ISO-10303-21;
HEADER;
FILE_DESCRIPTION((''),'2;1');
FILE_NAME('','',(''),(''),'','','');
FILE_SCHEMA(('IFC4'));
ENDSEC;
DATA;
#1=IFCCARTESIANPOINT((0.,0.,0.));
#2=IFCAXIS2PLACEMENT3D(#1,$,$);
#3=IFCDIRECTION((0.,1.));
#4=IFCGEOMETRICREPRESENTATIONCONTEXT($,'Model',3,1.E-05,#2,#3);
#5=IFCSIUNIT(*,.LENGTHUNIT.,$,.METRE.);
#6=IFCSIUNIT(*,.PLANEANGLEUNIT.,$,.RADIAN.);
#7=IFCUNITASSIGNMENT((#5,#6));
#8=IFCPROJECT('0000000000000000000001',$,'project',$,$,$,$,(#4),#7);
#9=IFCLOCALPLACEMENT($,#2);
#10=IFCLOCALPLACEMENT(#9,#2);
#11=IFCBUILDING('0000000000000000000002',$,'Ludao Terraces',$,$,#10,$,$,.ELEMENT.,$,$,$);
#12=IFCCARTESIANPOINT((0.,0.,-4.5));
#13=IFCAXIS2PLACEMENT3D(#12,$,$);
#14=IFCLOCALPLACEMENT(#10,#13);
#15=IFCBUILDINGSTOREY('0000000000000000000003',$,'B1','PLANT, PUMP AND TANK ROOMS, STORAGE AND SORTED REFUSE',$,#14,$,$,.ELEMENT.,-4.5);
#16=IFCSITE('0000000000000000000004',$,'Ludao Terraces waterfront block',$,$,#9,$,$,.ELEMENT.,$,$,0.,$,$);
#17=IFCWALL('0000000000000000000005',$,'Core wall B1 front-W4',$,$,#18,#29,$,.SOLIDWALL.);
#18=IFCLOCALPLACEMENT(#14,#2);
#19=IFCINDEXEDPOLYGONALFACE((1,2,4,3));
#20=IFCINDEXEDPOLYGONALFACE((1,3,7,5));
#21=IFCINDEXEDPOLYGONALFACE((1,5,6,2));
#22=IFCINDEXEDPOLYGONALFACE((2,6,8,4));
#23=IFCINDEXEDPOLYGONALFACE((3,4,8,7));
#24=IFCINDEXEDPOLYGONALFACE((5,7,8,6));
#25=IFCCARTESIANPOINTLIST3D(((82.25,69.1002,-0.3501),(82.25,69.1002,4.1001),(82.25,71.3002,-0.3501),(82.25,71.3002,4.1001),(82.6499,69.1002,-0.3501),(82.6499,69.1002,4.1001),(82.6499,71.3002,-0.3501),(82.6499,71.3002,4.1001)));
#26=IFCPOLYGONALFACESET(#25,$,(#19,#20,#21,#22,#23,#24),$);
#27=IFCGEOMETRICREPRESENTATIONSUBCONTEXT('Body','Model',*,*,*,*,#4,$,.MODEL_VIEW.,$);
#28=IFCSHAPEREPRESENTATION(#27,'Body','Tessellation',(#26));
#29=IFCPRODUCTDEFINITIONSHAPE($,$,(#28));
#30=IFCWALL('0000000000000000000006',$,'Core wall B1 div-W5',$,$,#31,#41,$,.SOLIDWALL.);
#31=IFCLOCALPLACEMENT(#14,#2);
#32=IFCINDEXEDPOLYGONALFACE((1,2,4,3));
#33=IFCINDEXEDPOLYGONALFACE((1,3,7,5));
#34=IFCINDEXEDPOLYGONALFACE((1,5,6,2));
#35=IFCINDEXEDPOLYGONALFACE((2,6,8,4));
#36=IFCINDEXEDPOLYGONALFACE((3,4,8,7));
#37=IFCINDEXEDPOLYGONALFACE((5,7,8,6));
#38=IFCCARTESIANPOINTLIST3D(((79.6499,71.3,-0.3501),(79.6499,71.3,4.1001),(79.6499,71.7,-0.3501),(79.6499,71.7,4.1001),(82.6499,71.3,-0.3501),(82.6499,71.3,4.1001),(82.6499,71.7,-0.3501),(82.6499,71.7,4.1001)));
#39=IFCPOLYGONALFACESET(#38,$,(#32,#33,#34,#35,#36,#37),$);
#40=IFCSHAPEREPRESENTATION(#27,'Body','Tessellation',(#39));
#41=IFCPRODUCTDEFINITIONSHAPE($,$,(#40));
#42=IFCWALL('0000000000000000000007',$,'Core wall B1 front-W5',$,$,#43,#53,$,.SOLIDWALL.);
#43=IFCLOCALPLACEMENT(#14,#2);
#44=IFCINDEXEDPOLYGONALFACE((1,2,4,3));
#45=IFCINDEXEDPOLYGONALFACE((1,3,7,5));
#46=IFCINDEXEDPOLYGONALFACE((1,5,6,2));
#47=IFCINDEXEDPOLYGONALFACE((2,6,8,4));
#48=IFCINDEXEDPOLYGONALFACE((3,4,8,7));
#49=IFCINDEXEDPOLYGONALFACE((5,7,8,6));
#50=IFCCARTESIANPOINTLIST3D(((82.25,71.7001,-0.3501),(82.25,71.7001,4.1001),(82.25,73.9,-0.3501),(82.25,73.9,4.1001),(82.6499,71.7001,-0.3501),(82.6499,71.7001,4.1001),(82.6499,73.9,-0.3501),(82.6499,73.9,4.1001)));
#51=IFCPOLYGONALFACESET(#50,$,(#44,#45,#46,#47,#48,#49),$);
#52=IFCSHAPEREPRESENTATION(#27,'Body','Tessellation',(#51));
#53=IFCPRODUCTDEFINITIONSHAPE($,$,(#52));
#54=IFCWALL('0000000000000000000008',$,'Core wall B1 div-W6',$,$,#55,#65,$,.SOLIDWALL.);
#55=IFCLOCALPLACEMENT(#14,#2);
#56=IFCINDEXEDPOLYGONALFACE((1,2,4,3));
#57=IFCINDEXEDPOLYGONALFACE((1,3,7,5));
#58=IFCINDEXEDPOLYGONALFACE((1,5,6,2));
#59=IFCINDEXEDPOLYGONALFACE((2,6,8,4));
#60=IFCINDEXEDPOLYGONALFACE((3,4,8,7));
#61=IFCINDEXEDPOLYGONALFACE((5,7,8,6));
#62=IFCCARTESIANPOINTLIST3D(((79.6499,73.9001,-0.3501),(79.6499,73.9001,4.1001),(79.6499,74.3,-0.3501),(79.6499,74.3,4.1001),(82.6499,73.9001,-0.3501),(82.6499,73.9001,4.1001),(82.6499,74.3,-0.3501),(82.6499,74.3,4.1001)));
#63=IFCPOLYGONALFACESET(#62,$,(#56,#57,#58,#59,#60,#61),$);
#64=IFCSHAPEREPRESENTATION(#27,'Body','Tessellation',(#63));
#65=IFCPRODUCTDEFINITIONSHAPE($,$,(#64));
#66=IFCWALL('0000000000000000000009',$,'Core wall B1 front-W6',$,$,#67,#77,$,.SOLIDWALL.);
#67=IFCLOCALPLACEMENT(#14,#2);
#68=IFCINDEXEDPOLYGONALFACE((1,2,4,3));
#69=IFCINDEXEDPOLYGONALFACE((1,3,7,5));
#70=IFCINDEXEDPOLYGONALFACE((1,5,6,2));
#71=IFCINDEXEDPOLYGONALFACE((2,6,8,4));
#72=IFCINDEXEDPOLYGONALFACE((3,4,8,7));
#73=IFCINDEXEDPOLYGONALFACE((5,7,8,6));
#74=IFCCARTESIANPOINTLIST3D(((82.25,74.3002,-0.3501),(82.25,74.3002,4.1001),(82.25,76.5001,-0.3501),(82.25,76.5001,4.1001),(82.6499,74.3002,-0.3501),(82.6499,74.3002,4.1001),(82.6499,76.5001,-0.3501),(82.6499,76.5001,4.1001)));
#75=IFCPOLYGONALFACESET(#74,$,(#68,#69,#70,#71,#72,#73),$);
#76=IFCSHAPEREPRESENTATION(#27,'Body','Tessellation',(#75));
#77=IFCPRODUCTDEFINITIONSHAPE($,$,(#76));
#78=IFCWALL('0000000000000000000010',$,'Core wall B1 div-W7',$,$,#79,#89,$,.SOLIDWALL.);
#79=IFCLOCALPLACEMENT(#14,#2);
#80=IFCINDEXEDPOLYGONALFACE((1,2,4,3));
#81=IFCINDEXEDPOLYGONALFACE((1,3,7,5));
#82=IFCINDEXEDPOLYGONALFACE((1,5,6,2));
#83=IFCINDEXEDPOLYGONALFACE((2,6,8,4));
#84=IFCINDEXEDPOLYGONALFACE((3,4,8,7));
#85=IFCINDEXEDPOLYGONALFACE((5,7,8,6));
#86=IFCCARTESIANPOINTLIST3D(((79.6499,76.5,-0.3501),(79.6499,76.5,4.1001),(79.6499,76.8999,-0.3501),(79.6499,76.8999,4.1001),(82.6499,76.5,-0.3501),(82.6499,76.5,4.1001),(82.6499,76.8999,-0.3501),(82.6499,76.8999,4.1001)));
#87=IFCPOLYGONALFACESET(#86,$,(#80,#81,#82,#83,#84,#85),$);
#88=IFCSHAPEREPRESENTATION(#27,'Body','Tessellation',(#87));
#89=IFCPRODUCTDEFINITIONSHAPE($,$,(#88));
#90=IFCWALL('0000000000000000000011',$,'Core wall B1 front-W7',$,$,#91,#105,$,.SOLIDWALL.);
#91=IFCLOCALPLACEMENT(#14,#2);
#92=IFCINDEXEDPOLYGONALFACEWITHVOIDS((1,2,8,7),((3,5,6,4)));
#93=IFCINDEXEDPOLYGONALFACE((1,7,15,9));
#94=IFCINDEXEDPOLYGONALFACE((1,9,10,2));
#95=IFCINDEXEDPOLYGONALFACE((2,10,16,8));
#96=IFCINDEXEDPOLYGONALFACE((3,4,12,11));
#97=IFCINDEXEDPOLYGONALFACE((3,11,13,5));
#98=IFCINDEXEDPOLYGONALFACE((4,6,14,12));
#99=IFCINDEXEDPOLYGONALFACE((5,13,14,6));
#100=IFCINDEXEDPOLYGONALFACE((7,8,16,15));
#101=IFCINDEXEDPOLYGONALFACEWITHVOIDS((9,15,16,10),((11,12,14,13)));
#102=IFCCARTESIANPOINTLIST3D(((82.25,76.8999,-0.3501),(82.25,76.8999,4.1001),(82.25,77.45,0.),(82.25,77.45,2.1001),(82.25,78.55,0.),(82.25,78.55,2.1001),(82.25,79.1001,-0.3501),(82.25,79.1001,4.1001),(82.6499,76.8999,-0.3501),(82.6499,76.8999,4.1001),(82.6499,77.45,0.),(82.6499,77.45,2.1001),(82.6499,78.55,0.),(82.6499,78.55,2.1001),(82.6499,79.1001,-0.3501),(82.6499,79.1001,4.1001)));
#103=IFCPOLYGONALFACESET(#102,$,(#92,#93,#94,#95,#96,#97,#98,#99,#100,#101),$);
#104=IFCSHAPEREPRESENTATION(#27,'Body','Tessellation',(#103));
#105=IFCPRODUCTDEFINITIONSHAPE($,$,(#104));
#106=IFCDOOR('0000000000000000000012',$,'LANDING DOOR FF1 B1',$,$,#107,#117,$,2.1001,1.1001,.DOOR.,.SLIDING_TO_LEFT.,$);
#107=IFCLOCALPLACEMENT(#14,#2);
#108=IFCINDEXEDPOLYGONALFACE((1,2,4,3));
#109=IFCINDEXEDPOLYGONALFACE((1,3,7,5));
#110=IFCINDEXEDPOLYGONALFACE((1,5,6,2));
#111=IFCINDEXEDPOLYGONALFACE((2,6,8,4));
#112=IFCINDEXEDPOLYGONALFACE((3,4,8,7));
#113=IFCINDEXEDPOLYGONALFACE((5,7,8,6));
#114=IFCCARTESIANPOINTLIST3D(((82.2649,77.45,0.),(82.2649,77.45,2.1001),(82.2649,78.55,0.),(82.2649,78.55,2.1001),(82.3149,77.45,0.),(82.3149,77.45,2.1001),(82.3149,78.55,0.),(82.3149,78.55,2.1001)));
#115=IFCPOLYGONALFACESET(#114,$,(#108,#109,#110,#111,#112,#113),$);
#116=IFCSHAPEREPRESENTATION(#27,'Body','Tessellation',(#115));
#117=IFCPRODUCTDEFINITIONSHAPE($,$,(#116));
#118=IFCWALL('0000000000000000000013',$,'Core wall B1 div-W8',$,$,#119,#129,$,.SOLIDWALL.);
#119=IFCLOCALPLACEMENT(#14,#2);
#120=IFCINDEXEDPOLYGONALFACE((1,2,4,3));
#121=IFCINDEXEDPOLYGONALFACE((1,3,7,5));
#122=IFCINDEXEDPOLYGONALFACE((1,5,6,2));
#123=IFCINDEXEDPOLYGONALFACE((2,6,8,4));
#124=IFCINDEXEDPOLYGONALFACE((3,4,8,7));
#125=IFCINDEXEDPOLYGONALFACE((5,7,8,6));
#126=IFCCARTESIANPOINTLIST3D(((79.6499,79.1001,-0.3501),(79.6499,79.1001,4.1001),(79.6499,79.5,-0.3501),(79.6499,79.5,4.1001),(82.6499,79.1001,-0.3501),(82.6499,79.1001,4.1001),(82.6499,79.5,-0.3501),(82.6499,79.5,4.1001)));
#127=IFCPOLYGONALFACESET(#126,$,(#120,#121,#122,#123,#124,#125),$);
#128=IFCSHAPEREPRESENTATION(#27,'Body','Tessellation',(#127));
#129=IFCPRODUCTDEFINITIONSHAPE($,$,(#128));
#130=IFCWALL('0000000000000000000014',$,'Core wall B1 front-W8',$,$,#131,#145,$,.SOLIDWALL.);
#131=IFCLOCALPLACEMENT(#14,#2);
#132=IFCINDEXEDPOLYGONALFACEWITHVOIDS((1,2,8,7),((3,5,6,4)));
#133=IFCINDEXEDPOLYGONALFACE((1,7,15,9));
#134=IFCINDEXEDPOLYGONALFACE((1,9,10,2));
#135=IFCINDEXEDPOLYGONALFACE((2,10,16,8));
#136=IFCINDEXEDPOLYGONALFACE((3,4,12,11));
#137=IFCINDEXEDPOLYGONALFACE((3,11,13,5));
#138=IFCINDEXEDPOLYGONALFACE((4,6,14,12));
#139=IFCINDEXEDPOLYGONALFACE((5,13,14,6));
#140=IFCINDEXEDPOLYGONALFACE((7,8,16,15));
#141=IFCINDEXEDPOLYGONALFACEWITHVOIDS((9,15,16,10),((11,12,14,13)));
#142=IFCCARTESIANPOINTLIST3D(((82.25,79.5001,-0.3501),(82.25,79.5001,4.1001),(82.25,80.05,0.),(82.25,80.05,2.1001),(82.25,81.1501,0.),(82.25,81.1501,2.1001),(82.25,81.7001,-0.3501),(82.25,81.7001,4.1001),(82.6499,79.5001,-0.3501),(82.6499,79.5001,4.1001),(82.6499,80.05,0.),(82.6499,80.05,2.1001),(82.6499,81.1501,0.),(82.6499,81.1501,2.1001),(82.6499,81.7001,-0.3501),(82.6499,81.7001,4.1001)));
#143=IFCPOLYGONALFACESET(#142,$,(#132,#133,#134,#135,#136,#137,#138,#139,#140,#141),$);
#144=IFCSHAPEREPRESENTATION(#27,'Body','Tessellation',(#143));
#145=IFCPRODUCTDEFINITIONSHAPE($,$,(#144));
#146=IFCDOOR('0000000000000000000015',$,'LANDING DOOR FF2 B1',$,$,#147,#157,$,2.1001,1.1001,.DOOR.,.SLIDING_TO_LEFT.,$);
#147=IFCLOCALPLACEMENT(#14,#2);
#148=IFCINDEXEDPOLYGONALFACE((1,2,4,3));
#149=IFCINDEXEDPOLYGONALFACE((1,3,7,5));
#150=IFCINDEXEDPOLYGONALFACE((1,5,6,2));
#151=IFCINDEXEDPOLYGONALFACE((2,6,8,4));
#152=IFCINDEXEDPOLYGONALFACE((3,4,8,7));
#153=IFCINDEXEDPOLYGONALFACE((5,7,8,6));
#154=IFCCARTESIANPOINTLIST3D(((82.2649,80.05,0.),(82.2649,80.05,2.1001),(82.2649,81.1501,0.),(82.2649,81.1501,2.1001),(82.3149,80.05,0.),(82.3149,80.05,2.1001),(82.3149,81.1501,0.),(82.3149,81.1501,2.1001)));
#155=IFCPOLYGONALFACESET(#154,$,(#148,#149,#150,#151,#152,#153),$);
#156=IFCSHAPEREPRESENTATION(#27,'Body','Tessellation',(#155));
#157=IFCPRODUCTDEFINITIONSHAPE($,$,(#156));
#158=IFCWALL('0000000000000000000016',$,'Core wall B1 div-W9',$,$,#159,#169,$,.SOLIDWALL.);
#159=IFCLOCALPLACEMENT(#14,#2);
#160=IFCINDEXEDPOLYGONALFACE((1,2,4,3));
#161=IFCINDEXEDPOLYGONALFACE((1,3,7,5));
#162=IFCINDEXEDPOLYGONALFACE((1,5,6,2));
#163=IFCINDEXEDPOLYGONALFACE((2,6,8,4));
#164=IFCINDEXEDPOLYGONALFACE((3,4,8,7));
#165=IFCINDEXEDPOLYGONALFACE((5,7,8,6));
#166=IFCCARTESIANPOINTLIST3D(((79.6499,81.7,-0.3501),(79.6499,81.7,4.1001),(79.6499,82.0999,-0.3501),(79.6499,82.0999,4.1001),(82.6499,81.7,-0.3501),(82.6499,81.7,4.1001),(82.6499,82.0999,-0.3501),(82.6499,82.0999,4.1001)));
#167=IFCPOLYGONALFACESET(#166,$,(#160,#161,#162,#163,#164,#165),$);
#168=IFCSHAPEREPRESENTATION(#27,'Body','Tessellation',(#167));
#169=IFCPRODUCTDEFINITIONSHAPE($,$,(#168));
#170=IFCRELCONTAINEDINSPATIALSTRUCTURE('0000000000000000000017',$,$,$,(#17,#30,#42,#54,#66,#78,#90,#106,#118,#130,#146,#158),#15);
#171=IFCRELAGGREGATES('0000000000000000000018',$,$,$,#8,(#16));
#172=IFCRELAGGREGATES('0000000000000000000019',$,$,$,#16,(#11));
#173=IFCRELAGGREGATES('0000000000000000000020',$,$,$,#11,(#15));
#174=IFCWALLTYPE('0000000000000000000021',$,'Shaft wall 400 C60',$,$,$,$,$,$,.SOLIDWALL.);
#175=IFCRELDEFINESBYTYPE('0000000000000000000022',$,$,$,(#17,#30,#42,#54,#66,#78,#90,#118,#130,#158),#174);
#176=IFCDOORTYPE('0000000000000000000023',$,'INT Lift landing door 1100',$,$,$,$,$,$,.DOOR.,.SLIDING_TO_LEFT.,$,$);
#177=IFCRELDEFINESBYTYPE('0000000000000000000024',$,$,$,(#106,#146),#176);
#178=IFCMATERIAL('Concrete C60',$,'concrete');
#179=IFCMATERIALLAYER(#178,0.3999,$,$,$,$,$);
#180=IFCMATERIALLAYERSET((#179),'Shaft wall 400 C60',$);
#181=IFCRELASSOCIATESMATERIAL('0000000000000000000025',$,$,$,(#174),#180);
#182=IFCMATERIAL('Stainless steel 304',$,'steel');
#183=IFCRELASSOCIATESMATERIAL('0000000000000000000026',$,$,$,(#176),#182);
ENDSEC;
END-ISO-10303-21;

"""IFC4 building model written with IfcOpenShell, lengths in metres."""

from ifc_helpers import new_model, si_unit, direction, frame, frame_2d, origin, place, context, subcontext, project, spatial, rectangle, extrude, material, layer, layer_set, type_object, element, fill, save


model = new_model("IFC4")

# Units and contexts
model_context = context("Model", 3, precision=1e-05, world=origin(), true_north=direction((0.0, 1.0)))
body_context = subcontext(model_context, "Body", "Model", "MODEL_VIEW")
ifc_project = project(units=[si_unit("LENGTHUNIT", "METRE"), si_unit("PLANEANGLEUNIT", "RADIAN")], contexts=[model_context])

# Site, building, storey
site_placement = place(None, origin())
site = spatial("IfcSite", under=ifc_project, at=site_placement, Name="Ludao Terraces waterfront block", CompositionType="ELEMENT", RefElevation=0.0)
building_placement = place(site_placement, origin())
building = spatial("IfcBuilding", under=site, at=building_placement, Name="Ludao Terraces", CompositionType="ELEMENT")
storey_placement = place(building_placement, frame((0.0, 0.0, -4.5)))
storey = spatial("IfcBuildingStorey", under=building, at=storey_placement, Name="B1", Description="PLANT, PUMP AND TANK ROOMS, STORAGE AND SORTED REFUSE", CompositionType="ELEMENT", Elevation=-4.5)

# Shared definitions
ifc_material_1 = material(Name="Concrete C60", Category="concrete")

# Walls
ifc_layer_1 = layer(ifc_material_1, 0.3999)
ifc_layer_set_1 = layer_set([ifc_layer_1], Name="Shaft wall 400 C60")
wall_type_1 = type_object("IfcWallType", Name="Shaft wall 400 C60", PredefinedType="SOLIDWALL", material=ifc_layer_set_1)
wall_1_placement = place(storey_placement, frame((82.45, 69.1001, -0.3501), z_axis=(0.0, 0.0, 1.0), x_axis=(0.0, 1.0, 0.0)))
element("IfcWall", 1, at=wall_1_placement, inside=storey, type_object=wall_type_1, Name="Core wall B1 front-W4", PredefinedType="SOLIDWALL", context=body_context, shape_type="SweptSolid", body=[
    extrude(rectangle(XDim=2.2, YDim=0.3999, at=frame_2d((1.1001, 0.0))), origin(), (0.0, 0.0, 1.0), 4.4502),
])
wall_2_placement = place(storey_placement, frame((79.6499, 71.5, -0.3501), z_axis=(0.0, 0.0, 1.0), x_axis=(1.0, 0.0, 0.0)))
element("IfcWall", 2, at=wall_2_placement, inside=storey, type_object=wall_type_1, Name="Core wall B1 div-W5", PredefinedType="SOLIDWALL", context=body_context, shape_type="SweptSolid", body=[
    extrude(rectangle(XDim=3.0, YDim=0.3999, at=frame_2d((1.5, 0.0))), origin(), (0.0, 0.0, 1.0), 4.4502),
])
wall_3_placement = place(storey_placement, frame((82.45, 71.7, -0.3501), z_axis=(0.0, 0.0, 1.0), x_axis=(0.0, 1.0, 0.0)))
element("IfcWall", 3, at=wall_3_placement, inside=storey, type_object=wall_type_1, Name="Core wall B1 front-W5", PredefinedType="SOLIDWALL", context=body_context, shape_type="SweptSolid", body=[
    extrude(rectangle(XDim=2.2, YDim=0.3999, at=frame_2d((1.1001, 0.0))), origin(), (0.0, 0.0, 1.0), 4.4502),
])
wall_4_placement = place(storey_placement, frame((79.6499, 74.1001, -0.3501), z_axis=(0.0, 0.0, 1.0), x_axis=(1.0, 0.0, 0.0)))
element("IfcWall", 4, at=wall_4_placement, inside=storey, type_object=wall_type_1, Name="Core wall B1 div-W6", PredefinedType="SOLIDWALL", context=body_context, shape_type="SweptSolid", body=[
    extrude(rectangle(XDim=3.0, YDim=0.3999, at=frame_2d((1.5, 0.0))), origin(), (0.0, 0.0, 1.0), 4.4502),
])
wall_5_placement = place(storey_placement, frame((82.45, 74.3, -0.3501), z_axis=(0.0, 0.0, 1.0), x_axis=(0.0, 1.0, 0.0)))
element("IfcWall", 5, at=wall_5_placement, inside=storey, type_object=wall_type_1, Name="Core wall B1 front-W6", PredefinedType="SOLIDWALL", context=body_context, shape_type="SweptSolid", body=[
    extrude(rectangle(XDim=2.2, YDim=0.3999, at=frame_2d((1.1001, 0.0))), origin(), (0.0, 0.0, 1.0), 4.4502),
])
wall_6_placement = place(storey_placement, frame((79.6499, 76.7, -0.3501), z_axis=(0.0, 0.0, 1.0), x_axis=(1.0, 0.0, 0.0)))
element("IfcWall", 6, at=wall_6_placement, inside=storey, type_object=wall_type_1, Name="Core wall B1 div-W7", PredefinedType="SOLIDWALL", context=body_context, shape_type="SweptSolid", body=[
    extrude(rectangle(XDim=3.0, YDim=0.3999, at=frame_2d((1.5, 0.0))), origin(), (0.0, 0.0, 1.0), 4.4502),
])

# Wall, opening, door
wall_7_placement = place(storey_placement, frame((82.45, 76.8999, -0.3501), z_axis=(0.0, 0.0, 1.0), x_axis=(0.0, 1.0, 0.0)))
wall_7 = element("IfcWall", 7, at=wall_7_placement, inside=storey, type_object=wall_type_1, Name="Core wall B1 front-W7", PredefinedType="SOLIDWALL", context=body_context, shape_type="SweptSolid", body=[
    extrude(rectangle(XDim=2.2002, YDim=0.3999, at=frame_2d((1.1001, 0.0))), origin(), (0.0, 0.0, 1.0), 4.4502),
])
opening_1_placement = place(wall_7_placement, frame((0.55, 0.0, 0.3501)))
opening_1 = element("IfcOpeningElement", 8, at=opening_1_placement, cuts=wall_7, PredefinedType="OPENING", context=body_context, shape_type="SweptSolid", body=[
    extrude(rectangle(XDim=1.1001, YDim=2.1001, at=frame_2d((0.55, 1.05))), frame((0.0, 0.21, 0.0), z_axis=(0.0, -1.0, 0.0), x_axis=(1.0, 0.0, 0.0)), (0.0, 0.0, 1.0), 0.4199),
])
ifc_material_2 = material(Name="Stainless steel 304", Category="steel")
door_type_1 = type_object("IfcDoorType", Name="INT Lift landing door 1100", OperationType="SLIDING_TO_LEFT", PredefinedType="DOOR", material=ifc_material_2)
door_1_placement = place(opening_1_placement, origin())
door_1 = element("IfcDoor", 9, at=door_1_placement, inside=storey, type_object=door_type_1, Name="LANDING DOOR FF1 B1", OperationType="SLIDING_TO_LEFT", OverallHeight=2.1001, OverallWidth=1.1001, PredefinedType="DOOR", context=body_context, shape_type="SweptSolid", body=[
    extrude(rectangle(XDim=1.1001, YDim=2.1001, at=frame_2d((0.55, 1.05))), frame((0.0, 0.1851, 0.0), z_axis=(0.0, -1.0, 0.0), x_axis=(1.0, 0.0, 0.0)), (0.0, 0.0, 1.0), 0.05),
])
fill(opening_1, door_1)

# Wall
wall_8_placement = place(storey_placement, frame((79.6499, 79.3, -0.3501), z_axis=(0.0, 0.0, 1.0), x_axis=(1.0, 0.0, 0.0)))
element("IfcWall", 10, at=wall_8_placement, inside=storey, type_object=wall_type_1, Name="Core wall B1 div-W8", PredefinedType="SOLIDWALL", context=body_context, shape_type="SweptSolid", body=[
    extrude(rectangle(XDim=3.0, YDim=0.3999, at=frame_2d((1.5, 0.0))), origin(), (0.0, 0.0, 1.0), 4.4502),
])

# Wall, opening, door
wall_9_placement = place(storey_placement, frame((82.45, 79.5, -0.3501), z_axis=(0.0, 0.0, 1.0), x_axis=(0.0, 1.0, 0.0)))
wall_9 = element("IfcWall", 11, at=wall_9_placement, inside=storey, type_object=wall_type_1, Name="Core wall B1 front-W8", PredefinedType="SOLIDWALL", context=body_context, shape_type="SweptSolid", body=[
    extrude(rectangle(XDim=2.2, YDim=0.3999, at=frame_2d((1.1001, 0.0))), origin(), (0.0, 0.0, 1.0), 4.4502),
])
opening_2_placement = place(wall_9_placement, frame((0.55, 0.0, 0.3501)))
opening_2 = element("IfcOpeningElement", 12, at=opening_2_placement, cuts=wall_9, PredefinedType="OPENING", context=body_context, shape_type="SweptSolid", body=[
    extrude(rectangle(XDim=1.1001, YDim=2.1001, at=frame_2d((0.55, 1.05))), frame((0.0, 0.21, 0.0), z_axis=(0.0, -1.0, 0.0), x_axis=(1.0, 0.0, 0.0)), (0.0, 0.0, 1.0), 0.4199),
])
door_2_placement = place(opening_2_placement, origin())
door_2 = element("IfcDoor", 13, at=door_2_placement, inside=storey, type_object=door_type_1, Name="LANDING DOOR FF2 B1", OperationType="SLIDING_TO_LEFT", OverallHeight=2.1001, OverallWidth=1.1001, PredefinedType="DOOR", context=body_context, shape_type="SweptSolid", body=[
    extrude(rectangle(XDim=1.1001, YDim=2.1001, at=frame_2d((0.55, 1.05))), frame((0.0, 0.1851, 0.0), z_axis=(0.0, -1.0, 0.0), x_axis=(1.0, 0.0, 0.0)), (0.0, 0.0, 1.0), 0.05),
])
fill(opening_2, door_2)

# Wall
wall_10_placement = place(storey_placement, frame((79.6499, 81.8999, -0.3501), z_axis=(0.0, 0.0, 1.0), x_axis=(1.0, 0.0, 0.0)))
element("IfcWall", 14, at=wall_10_placement, inside=storey, type_object=wall_type_1, Name="Core wall B1 div-W9", PredefinedType="SOLIDWALL", context=body_context, shape_type="SweptSolid", body=[
    extrude(rectangle(XDim=3.0, YDim=0.3999, at=frame_2d((1.5, 0.0))), origin(), (0.0, 0.0, 1.0), 4.4502),
])

save(model, "model.ifc")
